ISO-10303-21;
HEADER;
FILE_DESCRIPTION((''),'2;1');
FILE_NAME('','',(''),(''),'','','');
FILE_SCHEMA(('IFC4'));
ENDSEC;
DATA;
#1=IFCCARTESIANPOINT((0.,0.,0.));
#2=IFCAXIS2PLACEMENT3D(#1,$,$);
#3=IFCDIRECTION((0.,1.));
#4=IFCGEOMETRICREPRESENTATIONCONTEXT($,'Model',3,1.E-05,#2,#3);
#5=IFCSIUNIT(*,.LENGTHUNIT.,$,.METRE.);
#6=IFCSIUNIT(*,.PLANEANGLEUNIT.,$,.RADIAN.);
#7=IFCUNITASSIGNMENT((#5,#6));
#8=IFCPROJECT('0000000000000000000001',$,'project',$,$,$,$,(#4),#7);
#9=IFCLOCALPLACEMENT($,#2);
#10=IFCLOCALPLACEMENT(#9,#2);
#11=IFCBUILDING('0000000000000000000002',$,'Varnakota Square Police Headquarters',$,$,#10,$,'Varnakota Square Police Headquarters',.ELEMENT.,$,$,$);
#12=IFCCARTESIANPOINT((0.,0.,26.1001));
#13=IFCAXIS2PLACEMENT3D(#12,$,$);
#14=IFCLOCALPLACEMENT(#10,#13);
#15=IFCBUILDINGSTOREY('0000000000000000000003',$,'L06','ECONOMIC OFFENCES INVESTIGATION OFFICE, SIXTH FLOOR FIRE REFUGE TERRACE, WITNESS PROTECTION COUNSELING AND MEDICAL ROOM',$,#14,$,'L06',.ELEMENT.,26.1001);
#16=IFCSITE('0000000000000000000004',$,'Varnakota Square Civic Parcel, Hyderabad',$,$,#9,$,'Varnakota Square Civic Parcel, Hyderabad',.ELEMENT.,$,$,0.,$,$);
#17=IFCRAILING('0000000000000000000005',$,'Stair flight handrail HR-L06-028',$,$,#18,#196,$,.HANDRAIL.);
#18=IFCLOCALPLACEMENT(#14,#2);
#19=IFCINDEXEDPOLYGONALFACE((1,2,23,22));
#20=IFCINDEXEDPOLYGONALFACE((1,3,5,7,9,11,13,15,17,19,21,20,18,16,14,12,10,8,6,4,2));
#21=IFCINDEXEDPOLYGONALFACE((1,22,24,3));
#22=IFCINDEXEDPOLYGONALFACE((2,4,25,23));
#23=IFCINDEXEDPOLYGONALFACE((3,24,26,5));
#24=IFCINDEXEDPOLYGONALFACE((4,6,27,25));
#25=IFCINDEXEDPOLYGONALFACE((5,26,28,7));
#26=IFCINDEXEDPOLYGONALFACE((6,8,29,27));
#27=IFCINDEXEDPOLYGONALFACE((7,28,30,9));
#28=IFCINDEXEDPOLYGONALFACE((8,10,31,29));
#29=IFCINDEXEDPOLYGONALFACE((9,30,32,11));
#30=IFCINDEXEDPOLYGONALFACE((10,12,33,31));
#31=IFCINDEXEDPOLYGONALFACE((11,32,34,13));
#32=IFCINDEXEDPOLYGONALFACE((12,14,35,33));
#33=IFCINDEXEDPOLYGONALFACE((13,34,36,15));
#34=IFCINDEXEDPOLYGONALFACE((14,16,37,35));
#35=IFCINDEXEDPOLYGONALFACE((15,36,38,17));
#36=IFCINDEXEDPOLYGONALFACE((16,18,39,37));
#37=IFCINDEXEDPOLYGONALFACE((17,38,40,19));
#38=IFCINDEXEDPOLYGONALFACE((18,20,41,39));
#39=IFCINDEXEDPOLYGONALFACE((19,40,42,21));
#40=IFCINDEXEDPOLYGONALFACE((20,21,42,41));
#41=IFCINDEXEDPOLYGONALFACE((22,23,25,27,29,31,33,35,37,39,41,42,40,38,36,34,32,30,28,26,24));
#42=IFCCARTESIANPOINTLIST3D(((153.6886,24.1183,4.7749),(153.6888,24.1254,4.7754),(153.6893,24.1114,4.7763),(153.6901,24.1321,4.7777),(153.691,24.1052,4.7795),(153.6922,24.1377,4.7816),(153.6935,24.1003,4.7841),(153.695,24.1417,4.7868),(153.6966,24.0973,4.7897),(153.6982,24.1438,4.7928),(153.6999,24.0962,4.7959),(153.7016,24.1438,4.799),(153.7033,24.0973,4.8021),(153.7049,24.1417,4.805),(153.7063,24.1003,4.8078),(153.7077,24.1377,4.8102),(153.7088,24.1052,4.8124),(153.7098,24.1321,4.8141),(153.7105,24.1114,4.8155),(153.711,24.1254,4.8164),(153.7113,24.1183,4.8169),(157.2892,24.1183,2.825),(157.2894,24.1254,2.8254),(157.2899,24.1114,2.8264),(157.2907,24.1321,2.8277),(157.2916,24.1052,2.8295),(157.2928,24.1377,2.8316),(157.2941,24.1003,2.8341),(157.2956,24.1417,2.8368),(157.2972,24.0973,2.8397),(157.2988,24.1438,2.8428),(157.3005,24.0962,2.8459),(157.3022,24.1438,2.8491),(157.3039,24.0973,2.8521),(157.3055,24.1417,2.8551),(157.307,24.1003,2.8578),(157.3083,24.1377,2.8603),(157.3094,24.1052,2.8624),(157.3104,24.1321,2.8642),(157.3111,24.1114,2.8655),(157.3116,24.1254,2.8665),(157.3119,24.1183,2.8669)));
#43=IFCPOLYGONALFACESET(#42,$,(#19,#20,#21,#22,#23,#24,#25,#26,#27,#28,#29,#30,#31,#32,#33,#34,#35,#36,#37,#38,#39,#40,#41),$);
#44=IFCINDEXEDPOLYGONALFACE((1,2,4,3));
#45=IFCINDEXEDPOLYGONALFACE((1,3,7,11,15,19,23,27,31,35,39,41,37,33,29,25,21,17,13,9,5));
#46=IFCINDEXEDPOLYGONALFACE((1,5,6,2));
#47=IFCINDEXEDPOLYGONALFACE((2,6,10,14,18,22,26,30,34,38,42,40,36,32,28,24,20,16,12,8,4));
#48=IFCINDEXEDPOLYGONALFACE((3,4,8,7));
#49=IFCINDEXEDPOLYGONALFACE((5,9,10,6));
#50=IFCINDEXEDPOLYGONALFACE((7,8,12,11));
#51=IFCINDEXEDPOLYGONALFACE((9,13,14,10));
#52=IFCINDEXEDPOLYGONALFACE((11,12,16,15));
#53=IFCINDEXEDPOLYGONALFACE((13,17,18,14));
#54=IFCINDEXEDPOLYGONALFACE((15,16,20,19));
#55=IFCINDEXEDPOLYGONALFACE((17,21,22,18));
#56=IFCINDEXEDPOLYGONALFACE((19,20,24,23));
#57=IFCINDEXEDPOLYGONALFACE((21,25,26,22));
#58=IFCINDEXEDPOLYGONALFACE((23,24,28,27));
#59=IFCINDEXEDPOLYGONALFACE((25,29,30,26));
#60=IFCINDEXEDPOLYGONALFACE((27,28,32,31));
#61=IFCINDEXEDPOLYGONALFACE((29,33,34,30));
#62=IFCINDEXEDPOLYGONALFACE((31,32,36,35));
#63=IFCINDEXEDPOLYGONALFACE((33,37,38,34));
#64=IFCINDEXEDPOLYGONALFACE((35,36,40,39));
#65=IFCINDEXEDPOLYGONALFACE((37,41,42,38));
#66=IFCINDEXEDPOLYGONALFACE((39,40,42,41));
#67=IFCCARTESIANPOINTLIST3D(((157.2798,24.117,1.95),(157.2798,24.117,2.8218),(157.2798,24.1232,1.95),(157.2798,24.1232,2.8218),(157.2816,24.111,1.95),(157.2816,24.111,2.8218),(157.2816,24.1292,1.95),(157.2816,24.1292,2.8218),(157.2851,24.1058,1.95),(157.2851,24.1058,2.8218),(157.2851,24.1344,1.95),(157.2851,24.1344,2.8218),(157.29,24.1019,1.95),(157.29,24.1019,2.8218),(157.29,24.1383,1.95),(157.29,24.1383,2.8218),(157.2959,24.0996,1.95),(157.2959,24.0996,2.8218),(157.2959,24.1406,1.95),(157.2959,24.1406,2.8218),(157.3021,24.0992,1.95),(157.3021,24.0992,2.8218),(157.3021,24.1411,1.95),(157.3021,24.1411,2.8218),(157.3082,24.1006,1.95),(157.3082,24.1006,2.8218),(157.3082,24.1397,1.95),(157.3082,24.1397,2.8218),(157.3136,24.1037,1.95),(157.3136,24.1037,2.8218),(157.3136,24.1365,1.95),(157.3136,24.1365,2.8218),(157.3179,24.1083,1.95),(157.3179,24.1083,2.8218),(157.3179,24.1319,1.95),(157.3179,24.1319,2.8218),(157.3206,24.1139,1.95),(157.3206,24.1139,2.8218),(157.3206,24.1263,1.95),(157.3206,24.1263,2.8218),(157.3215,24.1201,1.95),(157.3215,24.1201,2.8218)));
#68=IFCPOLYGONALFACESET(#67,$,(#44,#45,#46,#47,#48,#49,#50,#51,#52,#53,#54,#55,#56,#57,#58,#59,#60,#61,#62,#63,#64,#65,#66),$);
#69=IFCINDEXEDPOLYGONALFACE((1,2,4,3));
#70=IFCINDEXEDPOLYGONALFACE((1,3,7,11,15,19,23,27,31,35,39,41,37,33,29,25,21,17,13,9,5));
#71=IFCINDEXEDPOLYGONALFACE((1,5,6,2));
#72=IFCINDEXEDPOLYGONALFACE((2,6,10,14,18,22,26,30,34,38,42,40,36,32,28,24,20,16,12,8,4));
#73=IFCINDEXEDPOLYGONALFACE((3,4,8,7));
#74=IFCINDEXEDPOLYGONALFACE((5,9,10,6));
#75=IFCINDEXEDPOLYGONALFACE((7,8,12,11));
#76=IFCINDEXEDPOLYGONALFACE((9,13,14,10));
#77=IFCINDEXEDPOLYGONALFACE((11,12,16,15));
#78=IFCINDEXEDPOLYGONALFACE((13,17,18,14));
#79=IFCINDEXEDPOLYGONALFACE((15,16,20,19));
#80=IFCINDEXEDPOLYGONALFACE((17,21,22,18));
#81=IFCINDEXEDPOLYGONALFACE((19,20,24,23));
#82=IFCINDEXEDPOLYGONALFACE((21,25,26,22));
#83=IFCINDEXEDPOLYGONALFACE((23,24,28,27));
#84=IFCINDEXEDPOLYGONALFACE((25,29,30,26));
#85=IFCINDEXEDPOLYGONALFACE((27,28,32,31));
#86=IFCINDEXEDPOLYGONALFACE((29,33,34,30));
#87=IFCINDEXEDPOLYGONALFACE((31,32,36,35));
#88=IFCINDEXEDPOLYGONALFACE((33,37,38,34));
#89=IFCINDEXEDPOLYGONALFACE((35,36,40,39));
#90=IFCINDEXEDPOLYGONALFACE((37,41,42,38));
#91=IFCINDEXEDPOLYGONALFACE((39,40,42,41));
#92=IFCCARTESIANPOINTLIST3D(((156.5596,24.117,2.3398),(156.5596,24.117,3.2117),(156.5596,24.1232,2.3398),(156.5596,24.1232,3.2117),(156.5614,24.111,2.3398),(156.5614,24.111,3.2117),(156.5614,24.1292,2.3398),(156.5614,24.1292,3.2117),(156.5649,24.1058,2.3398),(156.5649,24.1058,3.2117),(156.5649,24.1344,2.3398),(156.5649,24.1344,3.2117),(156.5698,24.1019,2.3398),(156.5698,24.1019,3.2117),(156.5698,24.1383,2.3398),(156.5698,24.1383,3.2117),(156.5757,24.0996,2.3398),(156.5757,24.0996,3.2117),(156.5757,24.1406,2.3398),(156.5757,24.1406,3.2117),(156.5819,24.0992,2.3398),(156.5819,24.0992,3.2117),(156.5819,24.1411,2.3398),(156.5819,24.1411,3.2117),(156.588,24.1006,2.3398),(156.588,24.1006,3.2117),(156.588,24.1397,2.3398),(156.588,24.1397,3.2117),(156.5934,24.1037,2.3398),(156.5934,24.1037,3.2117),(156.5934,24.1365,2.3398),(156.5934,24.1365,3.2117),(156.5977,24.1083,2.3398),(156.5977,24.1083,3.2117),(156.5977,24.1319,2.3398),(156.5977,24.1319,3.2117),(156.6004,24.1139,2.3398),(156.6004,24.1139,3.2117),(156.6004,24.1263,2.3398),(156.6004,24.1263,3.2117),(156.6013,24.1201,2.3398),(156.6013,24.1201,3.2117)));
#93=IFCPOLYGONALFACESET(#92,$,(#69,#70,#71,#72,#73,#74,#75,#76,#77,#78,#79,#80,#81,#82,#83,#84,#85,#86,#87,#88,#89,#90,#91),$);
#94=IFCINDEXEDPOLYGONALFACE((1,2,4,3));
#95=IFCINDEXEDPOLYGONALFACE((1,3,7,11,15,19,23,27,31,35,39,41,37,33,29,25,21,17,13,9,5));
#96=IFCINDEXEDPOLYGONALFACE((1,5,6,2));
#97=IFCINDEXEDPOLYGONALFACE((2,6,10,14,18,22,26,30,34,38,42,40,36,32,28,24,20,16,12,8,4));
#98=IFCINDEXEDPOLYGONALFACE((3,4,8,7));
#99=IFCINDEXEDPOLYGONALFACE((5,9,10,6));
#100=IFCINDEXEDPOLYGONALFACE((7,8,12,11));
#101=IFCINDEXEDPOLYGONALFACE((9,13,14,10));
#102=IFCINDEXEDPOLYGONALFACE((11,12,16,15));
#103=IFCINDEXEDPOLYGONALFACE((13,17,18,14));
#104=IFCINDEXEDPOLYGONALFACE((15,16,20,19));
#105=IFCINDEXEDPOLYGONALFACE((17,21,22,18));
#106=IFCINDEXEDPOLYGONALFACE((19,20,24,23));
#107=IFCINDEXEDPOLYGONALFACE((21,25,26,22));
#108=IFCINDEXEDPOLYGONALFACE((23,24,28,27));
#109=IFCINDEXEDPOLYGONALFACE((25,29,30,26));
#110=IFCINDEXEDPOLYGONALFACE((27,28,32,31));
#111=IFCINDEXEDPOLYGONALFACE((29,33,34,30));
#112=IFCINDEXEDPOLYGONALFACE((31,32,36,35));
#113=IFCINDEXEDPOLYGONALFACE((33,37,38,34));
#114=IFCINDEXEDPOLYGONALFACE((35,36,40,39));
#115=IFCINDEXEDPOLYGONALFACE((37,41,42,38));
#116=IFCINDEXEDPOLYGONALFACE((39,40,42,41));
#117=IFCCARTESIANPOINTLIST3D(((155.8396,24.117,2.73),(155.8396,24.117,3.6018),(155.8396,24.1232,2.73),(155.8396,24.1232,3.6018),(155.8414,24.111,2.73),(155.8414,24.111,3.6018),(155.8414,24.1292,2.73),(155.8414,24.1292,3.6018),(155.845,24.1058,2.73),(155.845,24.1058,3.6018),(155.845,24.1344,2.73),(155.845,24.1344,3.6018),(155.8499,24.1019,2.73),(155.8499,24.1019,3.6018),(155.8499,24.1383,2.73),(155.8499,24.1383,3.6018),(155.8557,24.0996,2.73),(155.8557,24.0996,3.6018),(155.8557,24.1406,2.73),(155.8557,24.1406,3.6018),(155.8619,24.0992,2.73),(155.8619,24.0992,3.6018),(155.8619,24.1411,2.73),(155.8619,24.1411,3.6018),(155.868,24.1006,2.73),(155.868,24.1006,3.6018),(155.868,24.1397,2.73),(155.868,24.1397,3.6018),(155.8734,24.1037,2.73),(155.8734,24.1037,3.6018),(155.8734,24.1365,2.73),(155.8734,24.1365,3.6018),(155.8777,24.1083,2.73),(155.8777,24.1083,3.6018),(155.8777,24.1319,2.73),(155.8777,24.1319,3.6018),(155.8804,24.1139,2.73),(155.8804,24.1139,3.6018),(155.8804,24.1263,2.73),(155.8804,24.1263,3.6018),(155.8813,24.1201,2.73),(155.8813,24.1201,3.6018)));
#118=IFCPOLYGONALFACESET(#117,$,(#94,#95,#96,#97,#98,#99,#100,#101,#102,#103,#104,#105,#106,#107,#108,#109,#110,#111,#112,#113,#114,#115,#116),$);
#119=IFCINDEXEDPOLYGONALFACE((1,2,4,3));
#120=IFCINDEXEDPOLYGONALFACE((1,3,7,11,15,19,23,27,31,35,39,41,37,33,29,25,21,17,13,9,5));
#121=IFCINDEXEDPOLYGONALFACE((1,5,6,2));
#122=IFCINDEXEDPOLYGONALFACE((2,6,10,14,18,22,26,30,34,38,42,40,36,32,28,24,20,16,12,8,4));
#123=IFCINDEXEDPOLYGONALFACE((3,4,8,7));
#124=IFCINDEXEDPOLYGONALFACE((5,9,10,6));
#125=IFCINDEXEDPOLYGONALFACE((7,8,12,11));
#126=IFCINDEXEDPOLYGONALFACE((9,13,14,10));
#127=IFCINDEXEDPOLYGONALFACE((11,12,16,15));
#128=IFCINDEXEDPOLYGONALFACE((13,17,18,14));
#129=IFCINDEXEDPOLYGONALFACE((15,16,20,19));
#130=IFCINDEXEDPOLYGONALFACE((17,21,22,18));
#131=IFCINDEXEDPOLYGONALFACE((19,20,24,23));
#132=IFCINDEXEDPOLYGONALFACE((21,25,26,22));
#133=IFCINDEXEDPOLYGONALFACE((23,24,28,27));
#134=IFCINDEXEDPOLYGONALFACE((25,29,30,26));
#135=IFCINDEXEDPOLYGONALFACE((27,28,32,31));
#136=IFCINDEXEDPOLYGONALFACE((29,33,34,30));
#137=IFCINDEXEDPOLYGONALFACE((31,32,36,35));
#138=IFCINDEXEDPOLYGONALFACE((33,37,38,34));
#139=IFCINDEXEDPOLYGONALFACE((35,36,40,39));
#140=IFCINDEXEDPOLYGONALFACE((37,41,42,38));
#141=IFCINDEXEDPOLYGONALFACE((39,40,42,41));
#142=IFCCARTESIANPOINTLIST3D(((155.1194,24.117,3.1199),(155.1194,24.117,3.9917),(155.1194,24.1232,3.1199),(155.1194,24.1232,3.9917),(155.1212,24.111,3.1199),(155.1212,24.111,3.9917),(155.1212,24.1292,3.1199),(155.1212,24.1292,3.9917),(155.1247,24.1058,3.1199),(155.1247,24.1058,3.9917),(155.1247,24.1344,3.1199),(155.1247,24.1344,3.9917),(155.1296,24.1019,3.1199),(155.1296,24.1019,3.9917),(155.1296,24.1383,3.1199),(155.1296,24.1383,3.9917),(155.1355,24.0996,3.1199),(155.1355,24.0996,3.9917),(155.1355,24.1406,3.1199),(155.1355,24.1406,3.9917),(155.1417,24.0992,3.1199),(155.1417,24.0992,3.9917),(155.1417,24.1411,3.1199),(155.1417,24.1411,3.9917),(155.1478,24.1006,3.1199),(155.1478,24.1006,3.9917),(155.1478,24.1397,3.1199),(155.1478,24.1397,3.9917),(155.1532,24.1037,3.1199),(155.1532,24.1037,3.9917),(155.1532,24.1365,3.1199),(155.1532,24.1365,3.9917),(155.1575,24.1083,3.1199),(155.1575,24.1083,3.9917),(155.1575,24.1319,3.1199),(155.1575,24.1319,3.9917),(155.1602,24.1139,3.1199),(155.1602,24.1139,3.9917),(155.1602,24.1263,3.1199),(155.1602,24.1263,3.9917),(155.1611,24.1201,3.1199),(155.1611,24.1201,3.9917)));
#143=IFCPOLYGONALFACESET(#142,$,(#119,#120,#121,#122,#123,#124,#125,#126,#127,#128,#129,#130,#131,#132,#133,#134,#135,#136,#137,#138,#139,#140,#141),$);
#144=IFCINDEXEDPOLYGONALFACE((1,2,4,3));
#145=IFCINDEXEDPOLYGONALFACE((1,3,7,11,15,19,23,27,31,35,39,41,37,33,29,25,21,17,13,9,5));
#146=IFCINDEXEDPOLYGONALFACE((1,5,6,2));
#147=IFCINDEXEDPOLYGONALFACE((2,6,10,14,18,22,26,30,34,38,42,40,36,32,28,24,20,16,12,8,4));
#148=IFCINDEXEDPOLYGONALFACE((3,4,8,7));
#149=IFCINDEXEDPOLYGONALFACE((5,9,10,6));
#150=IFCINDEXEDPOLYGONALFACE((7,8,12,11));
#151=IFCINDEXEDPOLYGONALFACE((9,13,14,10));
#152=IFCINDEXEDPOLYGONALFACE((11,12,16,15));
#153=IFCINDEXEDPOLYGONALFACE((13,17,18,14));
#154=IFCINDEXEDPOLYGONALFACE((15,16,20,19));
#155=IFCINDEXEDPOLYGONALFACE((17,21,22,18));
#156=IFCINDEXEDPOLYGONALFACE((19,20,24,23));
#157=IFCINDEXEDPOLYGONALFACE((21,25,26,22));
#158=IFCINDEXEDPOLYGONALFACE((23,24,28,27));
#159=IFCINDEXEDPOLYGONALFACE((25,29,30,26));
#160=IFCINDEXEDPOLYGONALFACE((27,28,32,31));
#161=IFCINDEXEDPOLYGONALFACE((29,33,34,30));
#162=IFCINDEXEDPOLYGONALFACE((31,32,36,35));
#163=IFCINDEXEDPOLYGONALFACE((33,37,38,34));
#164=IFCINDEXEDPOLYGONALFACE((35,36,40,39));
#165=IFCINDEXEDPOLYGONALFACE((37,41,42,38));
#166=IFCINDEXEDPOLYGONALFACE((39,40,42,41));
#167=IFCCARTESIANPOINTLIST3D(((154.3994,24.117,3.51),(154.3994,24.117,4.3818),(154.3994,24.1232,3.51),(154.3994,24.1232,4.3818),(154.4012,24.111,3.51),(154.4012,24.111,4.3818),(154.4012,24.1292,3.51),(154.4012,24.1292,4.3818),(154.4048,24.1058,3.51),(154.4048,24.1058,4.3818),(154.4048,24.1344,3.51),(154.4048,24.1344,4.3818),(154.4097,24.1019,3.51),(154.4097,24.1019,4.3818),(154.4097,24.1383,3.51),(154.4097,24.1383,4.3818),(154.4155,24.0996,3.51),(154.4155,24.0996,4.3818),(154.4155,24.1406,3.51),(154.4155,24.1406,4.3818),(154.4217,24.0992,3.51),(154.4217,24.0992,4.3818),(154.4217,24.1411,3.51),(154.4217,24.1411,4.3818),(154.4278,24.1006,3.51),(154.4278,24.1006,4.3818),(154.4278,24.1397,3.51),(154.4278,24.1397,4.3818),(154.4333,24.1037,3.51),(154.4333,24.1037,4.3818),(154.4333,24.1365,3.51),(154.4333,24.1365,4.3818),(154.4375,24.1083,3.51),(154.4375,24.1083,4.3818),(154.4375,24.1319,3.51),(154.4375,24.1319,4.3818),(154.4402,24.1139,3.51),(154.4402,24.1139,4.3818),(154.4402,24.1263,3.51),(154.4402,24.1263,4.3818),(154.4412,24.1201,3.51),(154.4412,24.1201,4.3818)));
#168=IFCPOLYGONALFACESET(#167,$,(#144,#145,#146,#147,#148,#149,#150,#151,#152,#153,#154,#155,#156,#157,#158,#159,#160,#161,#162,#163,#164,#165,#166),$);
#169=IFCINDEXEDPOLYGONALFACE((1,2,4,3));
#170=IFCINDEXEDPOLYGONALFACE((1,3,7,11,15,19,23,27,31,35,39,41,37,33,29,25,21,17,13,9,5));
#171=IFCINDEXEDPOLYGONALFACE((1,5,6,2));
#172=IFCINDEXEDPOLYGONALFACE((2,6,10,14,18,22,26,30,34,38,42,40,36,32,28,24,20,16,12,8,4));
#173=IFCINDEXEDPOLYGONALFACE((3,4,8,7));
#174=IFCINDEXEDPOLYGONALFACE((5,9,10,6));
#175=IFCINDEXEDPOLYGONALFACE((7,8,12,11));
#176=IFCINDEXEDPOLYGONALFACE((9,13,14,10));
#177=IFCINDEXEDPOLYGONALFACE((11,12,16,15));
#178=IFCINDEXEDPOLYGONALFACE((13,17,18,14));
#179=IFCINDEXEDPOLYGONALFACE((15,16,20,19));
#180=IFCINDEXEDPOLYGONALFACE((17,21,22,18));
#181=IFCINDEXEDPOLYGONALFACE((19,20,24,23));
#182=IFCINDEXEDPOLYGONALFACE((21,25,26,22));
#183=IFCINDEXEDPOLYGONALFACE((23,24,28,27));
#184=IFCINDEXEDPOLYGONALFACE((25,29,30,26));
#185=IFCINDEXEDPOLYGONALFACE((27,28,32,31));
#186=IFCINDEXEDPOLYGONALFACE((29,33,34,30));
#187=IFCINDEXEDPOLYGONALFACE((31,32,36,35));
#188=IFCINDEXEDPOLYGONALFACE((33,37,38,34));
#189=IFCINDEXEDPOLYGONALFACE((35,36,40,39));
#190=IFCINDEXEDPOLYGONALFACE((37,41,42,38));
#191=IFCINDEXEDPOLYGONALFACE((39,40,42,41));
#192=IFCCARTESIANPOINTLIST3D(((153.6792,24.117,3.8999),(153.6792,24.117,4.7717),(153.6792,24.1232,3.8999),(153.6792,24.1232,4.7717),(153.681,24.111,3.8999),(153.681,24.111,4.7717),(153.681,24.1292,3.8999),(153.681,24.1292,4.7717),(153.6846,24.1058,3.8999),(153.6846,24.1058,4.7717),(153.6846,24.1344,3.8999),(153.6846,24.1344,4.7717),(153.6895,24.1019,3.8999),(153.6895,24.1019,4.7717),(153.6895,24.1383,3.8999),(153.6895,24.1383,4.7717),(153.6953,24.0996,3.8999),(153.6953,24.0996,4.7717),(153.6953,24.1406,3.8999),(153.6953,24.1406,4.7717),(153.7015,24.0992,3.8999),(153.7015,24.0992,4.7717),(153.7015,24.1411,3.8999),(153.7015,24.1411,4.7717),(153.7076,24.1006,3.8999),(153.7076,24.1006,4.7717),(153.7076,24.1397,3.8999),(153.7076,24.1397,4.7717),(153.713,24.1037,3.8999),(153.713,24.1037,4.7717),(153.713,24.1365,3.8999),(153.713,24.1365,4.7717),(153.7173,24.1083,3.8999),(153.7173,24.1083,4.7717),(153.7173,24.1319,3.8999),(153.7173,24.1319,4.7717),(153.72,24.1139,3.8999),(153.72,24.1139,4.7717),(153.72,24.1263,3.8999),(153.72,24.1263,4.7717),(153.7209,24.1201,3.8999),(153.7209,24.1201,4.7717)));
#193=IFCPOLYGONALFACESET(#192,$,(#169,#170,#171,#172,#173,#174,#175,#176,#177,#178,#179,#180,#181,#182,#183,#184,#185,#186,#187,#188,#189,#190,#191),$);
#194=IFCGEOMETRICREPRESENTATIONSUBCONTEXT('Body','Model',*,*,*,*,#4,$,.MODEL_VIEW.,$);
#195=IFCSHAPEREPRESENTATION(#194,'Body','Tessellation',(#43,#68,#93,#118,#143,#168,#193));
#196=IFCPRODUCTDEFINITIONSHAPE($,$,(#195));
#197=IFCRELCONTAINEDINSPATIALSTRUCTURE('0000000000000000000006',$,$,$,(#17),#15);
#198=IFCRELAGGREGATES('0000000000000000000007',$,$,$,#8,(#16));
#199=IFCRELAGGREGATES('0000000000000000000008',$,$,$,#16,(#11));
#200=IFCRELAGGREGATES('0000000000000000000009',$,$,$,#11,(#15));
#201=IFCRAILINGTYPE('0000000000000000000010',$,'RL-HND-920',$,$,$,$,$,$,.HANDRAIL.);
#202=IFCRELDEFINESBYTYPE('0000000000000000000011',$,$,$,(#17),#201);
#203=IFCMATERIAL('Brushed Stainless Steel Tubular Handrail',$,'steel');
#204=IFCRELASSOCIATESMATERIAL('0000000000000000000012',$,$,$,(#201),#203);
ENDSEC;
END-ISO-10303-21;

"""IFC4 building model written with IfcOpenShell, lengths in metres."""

from ifc_helpers import new_model, si_unit, direction, frame, origin, origin_2d, place, context, subcontext, project, spatial, circle, extrude, material, type_object, element, save


model = new_model("IFC4")

# Units and contexts
model_context = context("Model", 3, precision=1e-05, world=origin(), true_north=direction((0.0, 1.0)))
body_context = subcontext(model_context, "Body", "Model", "MODEL_VIEW")
ifc_project = project(units=[si_unit("LENGTHUNIT", "METRE"), si_unit("PLANEANGLEUNIT", "RADIAN")], contexts=[model_context])

# Site, building, storey
site_placement = place(None, origin())
site = spatial("IfcSite", under=ifc_project, at=site_placement, Name="Varnakota Square Civic Parcel, Hyderabad", LongName="Varnakota Square Civic Parcel, Hyderabad", CompositionType="ELEMENT", RefElevation=0.0)
building_placement = place(site_placement, origin())
building = spatial("IfcBuilding", under=site, at=building_placement, Name="Varnakota Square Police Headquarters", LongName="Varnakota Square Police Headquarters", CompositionType="ELEMENT")
storey_placement = place(building_placement, frame((0.0, 0.0, 26.1001)))
storey = spatial("IfcBuildingStorey", under=building, at=storey_placement, Name="L06", Description="ECONOMIC OFFENCES INVESTIGATION OFFICE, SIXTH FLOOR FIRE REFUGE TERRACE, WITNESS PROTECTION COUNSELING AND MEDICAL ROOM", LongName="L06", CompositionType="ELEMENT", Elevation=26.1001)

# Railing
ifc_material_1 = material(Name="Brushed Stainless Steel Tubular Handrail", Category="steel")
railing_type_1 = type_object("IfcRailingType", Name="RL-HND-920", PredefinedType="HANDRAIL", material=ifc_material_1)
railing_1_placement = place(storey_placement, frame((157.3005, 24.1201, 1.95)))
element("IfcRailing", 1, at=railing_1_placement, inside=storey, type_object=railing_type_1, Name="Stair flight handrail HR-L06-028", PredefinedType="HANDRAIL", context=body_context, shape_type="SweptSolid", body=[
    extrude(circle(Radius=0.0239, at=origin_2d()), frame((0.0, 0.0, 0.896), z_axis=(-0.879329, 0.0, 0.476214), x_axis=(0.0, -1.0, 0.0)), (0.0, 0.0, 1.0), 4.0947),
    extrude(circle(Radius=0.021, at=origin_2d()), origin(), (0.0, 0.0, 1.0), 0.8718),
    extrude(circle(Radius=0.021, at=origin_2d()), frame((-0.7202, 0.0, 0.3899)), (0.0, 0.0, 1.0), 0.8718),
    extrude(circle(Radius=0.021, at=origin_2d()), frame((-1.4402, 0.0, 0.78)), (0.0, 0.0, 1.0), 0.8718),
    extrude(circle(Radius=0.021, at=origin_2d()), frame((-2.1604, 0.0, 1.1699)), (0.0, 0.0, 1.0), 0.8718),
    extrude(circle(Radius=0.021, at=origin_2d()), frame((-2.8804, 0.0, 1.5601)), (0.0, 0.0, 1.0), 0.8718),
    extrude(circle(Radius=0.021, at=origin_2d()), frame((-3.6006, 0.0, 1.95)), (0.0, 0.0, 1.0), 0.8718),
])

save(model, "model.ifc")
